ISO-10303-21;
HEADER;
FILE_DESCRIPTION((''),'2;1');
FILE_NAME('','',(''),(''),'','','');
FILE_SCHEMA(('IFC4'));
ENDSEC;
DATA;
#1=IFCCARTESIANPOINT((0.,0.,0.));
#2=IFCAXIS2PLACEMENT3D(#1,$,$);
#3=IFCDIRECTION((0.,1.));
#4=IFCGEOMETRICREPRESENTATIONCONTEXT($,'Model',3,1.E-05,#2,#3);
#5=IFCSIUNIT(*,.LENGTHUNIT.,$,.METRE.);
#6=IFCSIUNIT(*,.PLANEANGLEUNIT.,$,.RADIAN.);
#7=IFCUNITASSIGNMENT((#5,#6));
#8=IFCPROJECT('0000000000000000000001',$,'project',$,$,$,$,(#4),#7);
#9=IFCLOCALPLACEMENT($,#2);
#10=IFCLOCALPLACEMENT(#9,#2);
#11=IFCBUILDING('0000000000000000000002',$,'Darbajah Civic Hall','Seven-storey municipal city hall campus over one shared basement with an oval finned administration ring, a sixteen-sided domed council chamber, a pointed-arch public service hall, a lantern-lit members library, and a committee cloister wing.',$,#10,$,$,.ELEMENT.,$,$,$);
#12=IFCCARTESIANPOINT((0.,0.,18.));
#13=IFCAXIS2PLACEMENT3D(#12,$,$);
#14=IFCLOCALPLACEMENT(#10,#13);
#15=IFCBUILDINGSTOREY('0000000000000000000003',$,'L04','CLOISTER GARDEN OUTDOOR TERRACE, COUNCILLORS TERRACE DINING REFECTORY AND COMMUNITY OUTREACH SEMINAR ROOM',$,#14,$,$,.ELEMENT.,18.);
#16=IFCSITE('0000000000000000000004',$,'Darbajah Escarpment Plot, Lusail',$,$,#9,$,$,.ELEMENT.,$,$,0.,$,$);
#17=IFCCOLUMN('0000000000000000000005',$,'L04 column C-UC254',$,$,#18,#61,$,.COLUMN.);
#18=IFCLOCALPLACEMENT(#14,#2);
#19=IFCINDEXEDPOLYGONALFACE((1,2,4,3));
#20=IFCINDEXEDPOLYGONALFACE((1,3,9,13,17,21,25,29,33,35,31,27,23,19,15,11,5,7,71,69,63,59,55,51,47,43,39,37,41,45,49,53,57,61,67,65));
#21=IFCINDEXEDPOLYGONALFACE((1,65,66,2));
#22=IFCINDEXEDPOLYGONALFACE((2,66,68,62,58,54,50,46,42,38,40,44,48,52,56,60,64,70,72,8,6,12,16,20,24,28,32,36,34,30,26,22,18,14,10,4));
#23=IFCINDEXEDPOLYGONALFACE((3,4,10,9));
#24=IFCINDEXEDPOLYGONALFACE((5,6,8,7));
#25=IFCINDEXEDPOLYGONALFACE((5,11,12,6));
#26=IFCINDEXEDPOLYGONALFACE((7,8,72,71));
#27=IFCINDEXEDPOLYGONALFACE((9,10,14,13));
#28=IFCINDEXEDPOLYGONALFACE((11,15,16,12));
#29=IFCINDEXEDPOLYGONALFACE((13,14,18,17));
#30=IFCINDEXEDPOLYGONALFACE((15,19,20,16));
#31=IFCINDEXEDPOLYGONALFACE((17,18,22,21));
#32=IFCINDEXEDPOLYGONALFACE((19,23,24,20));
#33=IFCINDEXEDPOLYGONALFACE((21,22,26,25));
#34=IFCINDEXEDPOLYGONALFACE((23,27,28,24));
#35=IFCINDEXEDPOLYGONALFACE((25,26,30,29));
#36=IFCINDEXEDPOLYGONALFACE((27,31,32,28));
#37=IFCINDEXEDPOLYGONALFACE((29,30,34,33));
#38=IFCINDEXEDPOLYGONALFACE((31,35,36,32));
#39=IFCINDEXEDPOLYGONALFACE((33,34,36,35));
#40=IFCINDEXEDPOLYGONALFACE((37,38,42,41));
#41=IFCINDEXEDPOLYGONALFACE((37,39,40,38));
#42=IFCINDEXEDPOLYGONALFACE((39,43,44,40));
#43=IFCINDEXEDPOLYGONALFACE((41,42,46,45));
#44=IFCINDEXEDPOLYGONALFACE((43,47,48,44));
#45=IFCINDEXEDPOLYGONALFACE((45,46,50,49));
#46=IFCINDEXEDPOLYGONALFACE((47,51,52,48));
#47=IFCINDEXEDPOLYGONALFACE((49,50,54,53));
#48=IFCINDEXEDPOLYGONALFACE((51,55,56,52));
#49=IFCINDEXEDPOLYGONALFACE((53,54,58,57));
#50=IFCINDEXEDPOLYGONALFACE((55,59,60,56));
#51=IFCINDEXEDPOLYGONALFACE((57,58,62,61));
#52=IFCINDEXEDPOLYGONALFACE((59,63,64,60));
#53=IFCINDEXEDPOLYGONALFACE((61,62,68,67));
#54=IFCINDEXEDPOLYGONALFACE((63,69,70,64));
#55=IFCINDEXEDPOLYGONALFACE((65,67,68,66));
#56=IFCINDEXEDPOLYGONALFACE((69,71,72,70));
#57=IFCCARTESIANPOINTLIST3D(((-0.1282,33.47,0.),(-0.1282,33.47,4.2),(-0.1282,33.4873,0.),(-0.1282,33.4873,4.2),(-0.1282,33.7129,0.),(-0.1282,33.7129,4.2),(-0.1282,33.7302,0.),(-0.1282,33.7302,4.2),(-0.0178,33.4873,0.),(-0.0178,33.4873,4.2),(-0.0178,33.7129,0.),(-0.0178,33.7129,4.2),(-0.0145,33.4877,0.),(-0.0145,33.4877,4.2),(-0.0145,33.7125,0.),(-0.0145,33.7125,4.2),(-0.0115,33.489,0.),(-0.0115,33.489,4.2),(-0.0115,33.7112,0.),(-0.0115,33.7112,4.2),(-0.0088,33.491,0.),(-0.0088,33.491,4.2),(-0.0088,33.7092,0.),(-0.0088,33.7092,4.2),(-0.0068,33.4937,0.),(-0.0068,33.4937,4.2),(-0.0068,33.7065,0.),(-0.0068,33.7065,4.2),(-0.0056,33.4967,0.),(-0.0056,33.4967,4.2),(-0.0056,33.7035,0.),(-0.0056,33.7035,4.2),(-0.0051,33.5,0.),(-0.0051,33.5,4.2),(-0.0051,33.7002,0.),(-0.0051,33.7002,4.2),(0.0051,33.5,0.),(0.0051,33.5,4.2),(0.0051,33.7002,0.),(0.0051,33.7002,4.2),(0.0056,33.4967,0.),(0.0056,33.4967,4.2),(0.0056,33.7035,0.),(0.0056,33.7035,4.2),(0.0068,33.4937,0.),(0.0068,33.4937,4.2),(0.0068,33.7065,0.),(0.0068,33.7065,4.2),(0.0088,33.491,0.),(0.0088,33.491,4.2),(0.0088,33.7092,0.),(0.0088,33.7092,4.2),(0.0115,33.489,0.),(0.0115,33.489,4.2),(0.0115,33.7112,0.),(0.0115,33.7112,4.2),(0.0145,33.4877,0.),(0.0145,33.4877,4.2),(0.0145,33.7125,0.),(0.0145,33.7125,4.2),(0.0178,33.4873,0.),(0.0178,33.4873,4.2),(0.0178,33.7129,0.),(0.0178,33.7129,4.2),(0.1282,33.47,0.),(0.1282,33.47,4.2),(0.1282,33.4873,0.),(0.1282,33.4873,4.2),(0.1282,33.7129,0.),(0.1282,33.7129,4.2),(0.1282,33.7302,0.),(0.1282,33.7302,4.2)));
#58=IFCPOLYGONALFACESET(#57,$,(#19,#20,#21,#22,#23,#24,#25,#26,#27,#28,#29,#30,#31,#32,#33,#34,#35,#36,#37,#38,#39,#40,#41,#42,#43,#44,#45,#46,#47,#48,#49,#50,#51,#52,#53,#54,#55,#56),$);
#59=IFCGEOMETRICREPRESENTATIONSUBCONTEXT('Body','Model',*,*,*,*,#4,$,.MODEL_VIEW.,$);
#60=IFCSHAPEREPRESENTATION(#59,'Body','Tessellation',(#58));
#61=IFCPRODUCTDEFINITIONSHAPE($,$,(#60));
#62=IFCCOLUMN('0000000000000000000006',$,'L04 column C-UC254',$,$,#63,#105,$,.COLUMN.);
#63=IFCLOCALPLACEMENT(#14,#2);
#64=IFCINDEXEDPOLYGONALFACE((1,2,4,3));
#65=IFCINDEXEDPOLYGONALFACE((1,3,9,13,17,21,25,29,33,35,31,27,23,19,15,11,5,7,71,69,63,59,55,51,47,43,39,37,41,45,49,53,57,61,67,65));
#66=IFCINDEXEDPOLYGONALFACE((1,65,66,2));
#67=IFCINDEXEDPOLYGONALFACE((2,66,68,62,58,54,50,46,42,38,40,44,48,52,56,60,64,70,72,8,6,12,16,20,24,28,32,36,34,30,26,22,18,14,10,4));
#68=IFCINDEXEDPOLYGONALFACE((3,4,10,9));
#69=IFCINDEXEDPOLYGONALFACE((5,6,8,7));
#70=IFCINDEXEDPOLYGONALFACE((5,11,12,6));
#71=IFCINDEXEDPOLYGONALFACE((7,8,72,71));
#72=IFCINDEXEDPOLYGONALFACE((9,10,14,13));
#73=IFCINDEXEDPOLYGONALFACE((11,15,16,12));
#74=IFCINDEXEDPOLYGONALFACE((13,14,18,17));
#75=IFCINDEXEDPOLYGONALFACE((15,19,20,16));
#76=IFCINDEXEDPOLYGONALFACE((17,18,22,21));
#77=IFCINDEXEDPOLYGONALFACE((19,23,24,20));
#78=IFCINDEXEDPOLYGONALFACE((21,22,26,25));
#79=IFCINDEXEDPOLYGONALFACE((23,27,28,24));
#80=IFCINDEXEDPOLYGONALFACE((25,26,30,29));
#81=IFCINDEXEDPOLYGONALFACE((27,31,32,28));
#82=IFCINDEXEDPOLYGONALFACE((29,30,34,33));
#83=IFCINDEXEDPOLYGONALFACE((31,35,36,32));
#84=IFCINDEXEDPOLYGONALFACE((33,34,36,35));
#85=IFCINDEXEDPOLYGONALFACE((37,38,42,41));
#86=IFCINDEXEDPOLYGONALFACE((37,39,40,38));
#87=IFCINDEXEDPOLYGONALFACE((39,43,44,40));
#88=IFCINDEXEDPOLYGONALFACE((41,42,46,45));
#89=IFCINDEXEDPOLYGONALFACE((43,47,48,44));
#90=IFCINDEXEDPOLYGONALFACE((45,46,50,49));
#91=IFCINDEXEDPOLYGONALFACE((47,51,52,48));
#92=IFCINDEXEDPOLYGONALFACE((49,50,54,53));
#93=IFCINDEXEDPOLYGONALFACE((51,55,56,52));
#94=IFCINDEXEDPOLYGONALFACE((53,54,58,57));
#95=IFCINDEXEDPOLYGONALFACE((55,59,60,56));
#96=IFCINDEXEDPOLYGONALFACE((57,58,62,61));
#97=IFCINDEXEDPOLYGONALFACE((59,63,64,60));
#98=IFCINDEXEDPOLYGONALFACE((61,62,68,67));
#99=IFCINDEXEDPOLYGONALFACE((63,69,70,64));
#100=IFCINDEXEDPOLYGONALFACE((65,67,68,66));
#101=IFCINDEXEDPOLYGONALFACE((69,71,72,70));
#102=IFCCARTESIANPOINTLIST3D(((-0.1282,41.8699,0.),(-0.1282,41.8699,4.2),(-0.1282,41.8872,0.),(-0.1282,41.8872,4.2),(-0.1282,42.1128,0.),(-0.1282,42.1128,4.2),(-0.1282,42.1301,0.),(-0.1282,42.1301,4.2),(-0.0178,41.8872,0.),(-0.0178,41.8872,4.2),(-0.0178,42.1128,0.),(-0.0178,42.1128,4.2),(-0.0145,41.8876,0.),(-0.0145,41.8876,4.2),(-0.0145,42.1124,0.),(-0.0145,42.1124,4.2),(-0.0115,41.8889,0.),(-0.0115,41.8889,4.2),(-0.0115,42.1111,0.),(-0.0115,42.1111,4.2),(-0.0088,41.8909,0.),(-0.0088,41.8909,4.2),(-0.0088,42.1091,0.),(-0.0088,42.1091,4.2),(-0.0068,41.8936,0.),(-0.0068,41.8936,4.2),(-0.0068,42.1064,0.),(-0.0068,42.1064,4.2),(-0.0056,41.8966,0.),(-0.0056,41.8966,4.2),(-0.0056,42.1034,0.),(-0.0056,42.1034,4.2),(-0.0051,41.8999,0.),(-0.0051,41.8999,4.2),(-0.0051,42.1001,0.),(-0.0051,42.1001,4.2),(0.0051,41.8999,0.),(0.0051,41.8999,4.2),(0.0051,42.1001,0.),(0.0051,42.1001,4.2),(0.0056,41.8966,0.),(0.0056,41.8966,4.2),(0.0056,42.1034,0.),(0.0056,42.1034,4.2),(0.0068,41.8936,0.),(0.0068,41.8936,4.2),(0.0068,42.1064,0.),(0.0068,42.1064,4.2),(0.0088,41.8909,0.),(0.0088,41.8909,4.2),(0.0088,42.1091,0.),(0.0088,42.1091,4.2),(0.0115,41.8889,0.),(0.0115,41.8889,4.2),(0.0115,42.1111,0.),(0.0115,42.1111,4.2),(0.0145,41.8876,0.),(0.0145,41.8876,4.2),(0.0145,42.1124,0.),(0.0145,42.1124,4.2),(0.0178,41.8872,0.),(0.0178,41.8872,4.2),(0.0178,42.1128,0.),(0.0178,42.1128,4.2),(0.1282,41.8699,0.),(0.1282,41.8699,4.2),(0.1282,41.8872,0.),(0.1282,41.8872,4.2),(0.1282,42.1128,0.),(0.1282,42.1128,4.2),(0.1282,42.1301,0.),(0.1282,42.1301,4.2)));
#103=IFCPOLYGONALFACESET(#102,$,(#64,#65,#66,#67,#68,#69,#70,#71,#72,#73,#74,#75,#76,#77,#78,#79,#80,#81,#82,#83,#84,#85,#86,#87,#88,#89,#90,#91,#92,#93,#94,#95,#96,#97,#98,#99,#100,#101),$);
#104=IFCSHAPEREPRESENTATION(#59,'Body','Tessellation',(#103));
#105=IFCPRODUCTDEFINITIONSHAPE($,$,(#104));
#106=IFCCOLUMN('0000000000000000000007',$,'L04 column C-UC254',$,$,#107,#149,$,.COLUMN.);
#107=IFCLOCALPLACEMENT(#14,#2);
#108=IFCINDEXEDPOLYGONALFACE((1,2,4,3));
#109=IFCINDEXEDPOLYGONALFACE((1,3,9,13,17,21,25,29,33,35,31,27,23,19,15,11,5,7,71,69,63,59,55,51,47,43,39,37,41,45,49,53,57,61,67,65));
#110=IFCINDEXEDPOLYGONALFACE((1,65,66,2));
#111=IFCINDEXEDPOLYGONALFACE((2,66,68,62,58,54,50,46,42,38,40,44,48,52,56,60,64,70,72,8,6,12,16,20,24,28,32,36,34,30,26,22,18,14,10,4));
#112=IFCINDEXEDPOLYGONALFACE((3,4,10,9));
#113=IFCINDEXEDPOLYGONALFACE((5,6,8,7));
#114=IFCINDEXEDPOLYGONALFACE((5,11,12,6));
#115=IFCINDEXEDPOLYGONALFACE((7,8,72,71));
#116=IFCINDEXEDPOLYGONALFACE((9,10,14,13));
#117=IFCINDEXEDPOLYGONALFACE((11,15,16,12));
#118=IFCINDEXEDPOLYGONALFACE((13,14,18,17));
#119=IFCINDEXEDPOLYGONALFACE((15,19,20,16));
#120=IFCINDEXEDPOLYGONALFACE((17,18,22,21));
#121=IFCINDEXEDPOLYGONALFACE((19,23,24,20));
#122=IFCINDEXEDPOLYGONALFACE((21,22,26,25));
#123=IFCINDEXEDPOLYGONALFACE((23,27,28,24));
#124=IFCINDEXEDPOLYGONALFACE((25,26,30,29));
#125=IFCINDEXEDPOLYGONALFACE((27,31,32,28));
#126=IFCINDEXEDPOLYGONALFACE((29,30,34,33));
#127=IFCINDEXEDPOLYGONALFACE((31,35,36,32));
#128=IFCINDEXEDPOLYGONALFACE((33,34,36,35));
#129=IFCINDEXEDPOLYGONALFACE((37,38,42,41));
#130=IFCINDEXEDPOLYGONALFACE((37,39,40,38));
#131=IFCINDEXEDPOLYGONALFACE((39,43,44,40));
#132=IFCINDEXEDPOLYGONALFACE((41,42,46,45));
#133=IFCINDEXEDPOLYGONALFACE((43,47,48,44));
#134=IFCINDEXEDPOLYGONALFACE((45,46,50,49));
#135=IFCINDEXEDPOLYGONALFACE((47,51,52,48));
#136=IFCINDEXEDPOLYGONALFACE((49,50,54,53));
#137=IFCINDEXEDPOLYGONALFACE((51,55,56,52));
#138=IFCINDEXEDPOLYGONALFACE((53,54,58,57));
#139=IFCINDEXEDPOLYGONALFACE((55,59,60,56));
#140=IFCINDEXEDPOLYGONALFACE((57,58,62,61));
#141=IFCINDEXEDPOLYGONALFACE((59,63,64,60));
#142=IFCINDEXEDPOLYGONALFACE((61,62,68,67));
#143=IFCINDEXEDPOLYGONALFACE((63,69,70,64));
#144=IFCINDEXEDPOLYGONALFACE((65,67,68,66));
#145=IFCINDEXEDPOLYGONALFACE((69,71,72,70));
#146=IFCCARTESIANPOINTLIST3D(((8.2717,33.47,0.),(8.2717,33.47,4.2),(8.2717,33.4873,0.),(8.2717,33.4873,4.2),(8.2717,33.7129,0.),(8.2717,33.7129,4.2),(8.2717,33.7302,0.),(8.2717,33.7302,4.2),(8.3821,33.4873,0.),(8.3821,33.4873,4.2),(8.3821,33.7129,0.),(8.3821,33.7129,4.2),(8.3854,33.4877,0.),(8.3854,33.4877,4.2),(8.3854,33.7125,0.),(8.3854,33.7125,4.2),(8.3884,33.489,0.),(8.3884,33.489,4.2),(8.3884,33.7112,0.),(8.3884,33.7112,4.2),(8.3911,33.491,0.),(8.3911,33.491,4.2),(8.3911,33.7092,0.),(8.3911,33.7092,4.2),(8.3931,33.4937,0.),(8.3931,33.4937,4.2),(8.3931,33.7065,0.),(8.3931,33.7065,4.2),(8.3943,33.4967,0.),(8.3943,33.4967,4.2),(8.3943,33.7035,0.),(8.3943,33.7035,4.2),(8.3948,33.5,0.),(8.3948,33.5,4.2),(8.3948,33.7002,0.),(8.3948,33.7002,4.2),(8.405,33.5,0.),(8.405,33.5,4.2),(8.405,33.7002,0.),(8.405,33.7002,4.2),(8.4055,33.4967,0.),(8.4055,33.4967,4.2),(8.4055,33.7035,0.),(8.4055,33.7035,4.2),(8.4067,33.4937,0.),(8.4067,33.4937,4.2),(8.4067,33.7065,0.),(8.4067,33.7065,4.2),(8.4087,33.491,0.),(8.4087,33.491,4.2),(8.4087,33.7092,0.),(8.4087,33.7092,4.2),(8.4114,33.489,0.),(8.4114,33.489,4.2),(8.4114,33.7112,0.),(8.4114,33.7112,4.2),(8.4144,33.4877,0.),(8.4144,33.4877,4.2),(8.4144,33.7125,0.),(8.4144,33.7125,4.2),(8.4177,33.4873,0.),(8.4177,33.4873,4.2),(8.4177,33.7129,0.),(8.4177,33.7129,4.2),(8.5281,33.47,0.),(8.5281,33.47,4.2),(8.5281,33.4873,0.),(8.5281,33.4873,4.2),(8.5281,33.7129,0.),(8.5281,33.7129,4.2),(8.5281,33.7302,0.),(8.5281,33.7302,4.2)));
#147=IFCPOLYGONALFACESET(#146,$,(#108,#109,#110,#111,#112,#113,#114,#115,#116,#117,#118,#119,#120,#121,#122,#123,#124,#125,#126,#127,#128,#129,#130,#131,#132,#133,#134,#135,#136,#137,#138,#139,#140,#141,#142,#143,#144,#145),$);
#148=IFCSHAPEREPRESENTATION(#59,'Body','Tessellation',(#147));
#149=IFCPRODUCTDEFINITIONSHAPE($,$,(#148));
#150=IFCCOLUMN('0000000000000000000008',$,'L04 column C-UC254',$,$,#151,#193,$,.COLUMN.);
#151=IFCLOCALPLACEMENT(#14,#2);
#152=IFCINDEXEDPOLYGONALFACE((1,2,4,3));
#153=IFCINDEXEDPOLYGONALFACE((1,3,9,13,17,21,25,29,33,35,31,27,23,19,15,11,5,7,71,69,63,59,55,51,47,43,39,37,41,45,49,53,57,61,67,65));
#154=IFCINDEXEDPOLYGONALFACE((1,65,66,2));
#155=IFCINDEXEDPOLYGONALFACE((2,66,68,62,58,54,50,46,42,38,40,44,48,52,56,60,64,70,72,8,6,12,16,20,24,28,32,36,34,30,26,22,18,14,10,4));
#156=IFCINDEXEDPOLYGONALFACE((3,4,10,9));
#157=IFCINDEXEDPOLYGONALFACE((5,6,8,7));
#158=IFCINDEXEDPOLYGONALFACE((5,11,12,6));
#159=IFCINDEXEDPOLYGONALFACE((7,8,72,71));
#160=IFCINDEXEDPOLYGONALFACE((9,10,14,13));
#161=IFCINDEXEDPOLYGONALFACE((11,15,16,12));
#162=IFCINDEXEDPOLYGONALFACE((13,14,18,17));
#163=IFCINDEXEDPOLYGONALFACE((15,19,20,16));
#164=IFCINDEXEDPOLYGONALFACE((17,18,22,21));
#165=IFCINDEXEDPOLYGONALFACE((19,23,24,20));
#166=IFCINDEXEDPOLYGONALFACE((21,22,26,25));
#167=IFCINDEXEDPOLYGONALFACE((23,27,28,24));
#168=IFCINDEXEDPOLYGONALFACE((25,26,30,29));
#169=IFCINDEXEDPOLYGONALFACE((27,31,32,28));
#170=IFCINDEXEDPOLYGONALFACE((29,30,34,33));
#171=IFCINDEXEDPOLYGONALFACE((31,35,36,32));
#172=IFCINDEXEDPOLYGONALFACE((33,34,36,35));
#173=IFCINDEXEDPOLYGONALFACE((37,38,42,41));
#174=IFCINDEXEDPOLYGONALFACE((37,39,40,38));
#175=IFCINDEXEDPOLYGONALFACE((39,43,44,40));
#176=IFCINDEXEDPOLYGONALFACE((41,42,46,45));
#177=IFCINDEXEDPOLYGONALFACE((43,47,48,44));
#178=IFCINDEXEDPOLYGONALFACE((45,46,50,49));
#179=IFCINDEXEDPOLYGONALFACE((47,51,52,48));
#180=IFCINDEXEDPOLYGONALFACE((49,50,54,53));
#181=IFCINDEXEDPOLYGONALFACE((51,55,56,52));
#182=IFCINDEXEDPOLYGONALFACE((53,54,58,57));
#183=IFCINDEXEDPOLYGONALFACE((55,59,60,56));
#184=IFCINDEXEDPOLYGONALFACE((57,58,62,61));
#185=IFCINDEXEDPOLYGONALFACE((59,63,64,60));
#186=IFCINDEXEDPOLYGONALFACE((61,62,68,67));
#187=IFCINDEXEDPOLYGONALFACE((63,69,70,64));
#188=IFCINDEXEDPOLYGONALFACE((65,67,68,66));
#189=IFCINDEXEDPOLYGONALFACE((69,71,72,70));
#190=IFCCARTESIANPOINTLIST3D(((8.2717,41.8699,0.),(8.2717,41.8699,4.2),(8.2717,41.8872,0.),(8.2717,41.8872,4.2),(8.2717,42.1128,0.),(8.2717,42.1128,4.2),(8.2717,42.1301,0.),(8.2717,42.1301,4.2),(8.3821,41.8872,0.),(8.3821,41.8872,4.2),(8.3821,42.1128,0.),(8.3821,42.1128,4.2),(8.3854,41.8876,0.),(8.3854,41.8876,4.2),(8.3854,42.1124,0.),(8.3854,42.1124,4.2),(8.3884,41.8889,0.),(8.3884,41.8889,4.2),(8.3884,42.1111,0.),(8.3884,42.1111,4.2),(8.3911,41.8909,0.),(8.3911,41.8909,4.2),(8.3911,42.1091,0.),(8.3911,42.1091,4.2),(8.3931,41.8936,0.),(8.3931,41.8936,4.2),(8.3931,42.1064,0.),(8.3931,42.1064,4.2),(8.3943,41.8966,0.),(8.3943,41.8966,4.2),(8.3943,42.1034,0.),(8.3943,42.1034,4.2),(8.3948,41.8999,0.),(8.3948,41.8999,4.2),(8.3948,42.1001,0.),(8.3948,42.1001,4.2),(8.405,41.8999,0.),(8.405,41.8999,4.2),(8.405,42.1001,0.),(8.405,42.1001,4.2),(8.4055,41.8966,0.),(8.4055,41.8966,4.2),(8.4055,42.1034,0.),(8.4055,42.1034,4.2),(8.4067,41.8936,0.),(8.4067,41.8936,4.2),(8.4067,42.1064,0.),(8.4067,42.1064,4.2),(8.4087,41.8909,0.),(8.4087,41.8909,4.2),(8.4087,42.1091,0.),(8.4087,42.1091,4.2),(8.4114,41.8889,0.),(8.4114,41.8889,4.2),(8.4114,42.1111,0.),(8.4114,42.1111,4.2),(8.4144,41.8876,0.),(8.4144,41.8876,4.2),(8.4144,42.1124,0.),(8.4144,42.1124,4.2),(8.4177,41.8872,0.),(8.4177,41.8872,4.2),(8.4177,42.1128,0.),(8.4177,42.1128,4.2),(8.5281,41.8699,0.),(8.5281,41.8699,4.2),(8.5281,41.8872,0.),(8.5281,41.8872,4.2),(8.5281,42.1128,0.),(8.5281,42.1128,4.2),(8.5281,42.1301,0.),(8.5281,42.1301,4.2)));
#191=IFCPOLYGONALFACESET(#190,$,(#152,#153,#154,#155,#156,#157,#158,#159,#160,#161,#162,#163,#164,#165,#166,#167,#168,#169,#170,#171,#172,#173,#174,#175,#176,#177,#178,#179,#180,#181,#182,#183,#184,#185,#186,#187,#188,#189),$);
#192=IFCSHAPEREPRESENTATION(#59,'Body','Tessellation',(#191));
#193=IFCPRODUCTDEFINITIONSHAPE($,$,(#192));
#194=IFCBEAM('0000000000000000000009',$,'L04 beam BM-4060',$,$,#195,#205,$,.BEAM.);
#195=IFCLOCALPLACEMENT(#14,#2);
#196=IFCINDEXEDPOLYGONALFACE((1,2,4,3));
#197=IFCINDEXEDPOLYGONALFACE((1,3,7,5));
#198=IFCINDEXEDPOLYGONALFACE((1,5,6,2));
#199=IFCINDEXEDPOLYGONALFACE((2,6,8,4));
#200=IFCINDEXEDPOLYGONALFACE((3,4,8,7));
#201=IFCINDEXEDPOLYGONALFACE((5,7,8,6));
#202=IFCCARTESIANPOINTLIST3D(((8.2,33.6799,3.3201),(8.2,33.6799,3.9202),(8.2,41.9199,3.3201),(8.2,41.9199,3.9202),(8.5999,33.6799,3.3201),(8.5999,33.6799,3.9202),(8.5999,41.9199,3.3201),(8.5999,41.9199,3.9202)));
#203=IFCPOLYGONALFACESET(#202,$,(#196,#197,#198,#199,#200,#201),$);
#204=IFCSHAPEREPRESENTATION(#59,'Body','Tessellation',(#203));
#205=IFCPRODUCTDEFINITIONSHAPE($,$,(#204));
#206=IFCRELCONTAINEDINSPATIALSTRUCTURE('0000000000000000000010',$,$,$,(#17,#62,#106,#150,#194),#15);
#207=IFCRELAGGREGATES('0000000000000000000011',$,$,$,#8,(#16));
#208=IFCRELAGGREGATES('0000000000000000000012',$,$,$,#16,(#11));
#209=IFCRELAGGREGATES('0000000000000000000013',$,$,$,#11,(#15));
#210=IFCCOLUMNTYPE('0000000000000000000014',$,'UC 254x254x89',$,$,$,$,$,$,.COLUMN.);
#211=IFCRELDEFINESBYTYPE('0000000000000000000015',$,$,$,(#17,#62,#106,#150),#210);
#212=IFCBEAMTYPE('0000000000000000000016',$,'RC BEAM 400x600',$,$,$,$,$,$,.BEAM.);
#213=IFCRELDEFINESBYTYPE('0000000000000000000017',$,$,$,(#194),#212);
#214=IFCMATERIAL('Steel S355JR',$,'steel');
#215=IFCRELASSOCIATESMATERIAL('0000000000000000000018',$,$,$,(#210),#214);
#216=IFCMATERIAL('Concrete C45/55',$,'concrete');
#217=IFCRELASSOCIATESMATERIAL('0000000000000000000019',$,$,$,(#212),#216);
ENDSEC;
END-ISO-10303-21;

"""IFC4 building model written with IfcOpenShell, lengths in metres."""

from ifc_helpers import new_model, si_unit, direction, frame, origin, origin_2d, place, context, subcontext, project, spatial, rectangle, i_section, extrude, material, material_profile, profile_set, type_object, element, save


model = new_model("IFC4")

# Units and contexts
model_context = context("Model", 3, precision=1e-05, world=origin(), true_north=direction((0.0, 1.0)))
body_context = subcontext(model_context, "Body", "Model", "MODEL_VIEW")
ifc_project = project(units=[si_unit("LENGTHUNIT", "METRE"), si_unit("PLANEANGLEUNIT", "RADIAN")], contexts=[model_context])

# Site, building, storey
site_placement = place(None, origin())
site = spatial("IfcSite", under=ifc_project, at=site_placement, Name="Darbajah Escarpment Plot, Lusail", CompositionType="ELEMENT", RefElevation=0.0)
building_placement = place(site_placement, origin())
building = spatial("IfcBuilding", under=site, at=building_placement, Name="Darbajah Civic Hall", Description="Seven-storey municipal city hall campus over one shared basement with an oval finned administration ring, a sixteen-sided domed council chamber, a pointed-arch public service hall, a lantern-lit members library, and a committee cloister wing.", CompositionType="ELEMENT")
storey_placement = place(building_placement, frame((0.0, 0.0, 18.0)))
storey = spatial("IfcBuildingStorey", under=building, at=storey_placement, Name="L04", Description="CLOISTER GARDEN OUTDOOR TERRACE, COUNCILLORS TERRACE DINING REFECTORY AND COMMUNITY OUTREACH SEMINAR ROOM", CompositionType="ELEMENT", Elevation=18.0)

# Columns
ifc_material_1 = material(Name="Steel S355JR", Category="steel")
ifc_material_profile_1 = material_profile(ifc_material_1, i_section(OverallWidth=0.2563, OverallDepth=0.2603, WebThickness=0.0103, FlangeThickness=0.0173, FilletRadius=0.0127, at=origin_2d()), Name="UC 254x254x89")
ifc_profile_set_1 = profile_set([ifc_material_profile_1], Name="Steel S355JR")
column_type = type_object("IfcColumnType", Name="UC 254x254x89", PredefinedType="COLUMN", material=ifc_profile_set_1)
for number, where, z_axis, x_axis, name in (
    (1, (0.0, 33.6001, 0.0), (0.0, 0.0, 1.0), (1.0, 0.0, 0.0), "L04 column C-UC254"),
    (2, (0.0, 42.0, 0.0), (0.0, 0.0, 1.0), (1.0, 0.0, 0.0), "L04 column C-UC254"),
    (3, (8.3999, 33.6001, 0.0), (0.0, 0.0, 1.0), (1.0, 0.0, 0.0), "L04 column C-UC254"),
    (4, (8.3999, 42.0, 0.0), (0.0, 0.0, 1.0), (1.0, 0.0, 0.0), "L04 column C-UC254"),
):
    element("IfcColumn", number, at=place(storey_placement, frame(where, z_axis=z_axis, x_axis=x_axis)), inside=storey, type_object=column_type, Name=name, PredefinedType="COLUMN", context=body_context, shape_type="SweptSolid", body=[
        extrude(i_section(OverallWidth=0.2563, OverallDepth=0.2603, WebThickness=0.0103, FlangeThickness=0.0173, FilletRadius=0.0127, at=origin_2d()), origin(), (0.0, 0.0, 1.0), 4.2),
    ])

# Beam
ifc_material_2 = material(Name="Concrete C45/55", Category="concrete")
ifc_material_profile_2 = material_profile(ifc_material_2, rectangle(XDim=0.3999, YDim=0.6001, at=origin_2d()), Name="RC BEAM 400x600")
ifc_profile_set_2 = profile_set([ifc_material_profile_2], Name="Concrete C45/55")
beam_type_1 = type_object("IfcBeamType", Name="RC BEAM 400x600", PredefinedType="BEAM", material=ifc_profile_set_2)
beam_placement = place(storey_placement, frame((8.3999, 33.6799, 3.6201), z_axis=(0.0, 1.0, 0.0), x_axis=(-1.0, 0.0, 0.0)))
element("IfcBeam", 5, at=beam_placement, inside=storey, type_object=beam_type_1, Name="L04 beam BM-4060", PredefinedType="BEAM", context=body_context, shape_type="SweptSolid", body=[
    extrude(rectangle(XDim=0.3999, YDim=0.6001, at=origin_2d()), origin(), (0.0, 0.0, 1.0), 8.24),
])

save(model, "model.ifc")
